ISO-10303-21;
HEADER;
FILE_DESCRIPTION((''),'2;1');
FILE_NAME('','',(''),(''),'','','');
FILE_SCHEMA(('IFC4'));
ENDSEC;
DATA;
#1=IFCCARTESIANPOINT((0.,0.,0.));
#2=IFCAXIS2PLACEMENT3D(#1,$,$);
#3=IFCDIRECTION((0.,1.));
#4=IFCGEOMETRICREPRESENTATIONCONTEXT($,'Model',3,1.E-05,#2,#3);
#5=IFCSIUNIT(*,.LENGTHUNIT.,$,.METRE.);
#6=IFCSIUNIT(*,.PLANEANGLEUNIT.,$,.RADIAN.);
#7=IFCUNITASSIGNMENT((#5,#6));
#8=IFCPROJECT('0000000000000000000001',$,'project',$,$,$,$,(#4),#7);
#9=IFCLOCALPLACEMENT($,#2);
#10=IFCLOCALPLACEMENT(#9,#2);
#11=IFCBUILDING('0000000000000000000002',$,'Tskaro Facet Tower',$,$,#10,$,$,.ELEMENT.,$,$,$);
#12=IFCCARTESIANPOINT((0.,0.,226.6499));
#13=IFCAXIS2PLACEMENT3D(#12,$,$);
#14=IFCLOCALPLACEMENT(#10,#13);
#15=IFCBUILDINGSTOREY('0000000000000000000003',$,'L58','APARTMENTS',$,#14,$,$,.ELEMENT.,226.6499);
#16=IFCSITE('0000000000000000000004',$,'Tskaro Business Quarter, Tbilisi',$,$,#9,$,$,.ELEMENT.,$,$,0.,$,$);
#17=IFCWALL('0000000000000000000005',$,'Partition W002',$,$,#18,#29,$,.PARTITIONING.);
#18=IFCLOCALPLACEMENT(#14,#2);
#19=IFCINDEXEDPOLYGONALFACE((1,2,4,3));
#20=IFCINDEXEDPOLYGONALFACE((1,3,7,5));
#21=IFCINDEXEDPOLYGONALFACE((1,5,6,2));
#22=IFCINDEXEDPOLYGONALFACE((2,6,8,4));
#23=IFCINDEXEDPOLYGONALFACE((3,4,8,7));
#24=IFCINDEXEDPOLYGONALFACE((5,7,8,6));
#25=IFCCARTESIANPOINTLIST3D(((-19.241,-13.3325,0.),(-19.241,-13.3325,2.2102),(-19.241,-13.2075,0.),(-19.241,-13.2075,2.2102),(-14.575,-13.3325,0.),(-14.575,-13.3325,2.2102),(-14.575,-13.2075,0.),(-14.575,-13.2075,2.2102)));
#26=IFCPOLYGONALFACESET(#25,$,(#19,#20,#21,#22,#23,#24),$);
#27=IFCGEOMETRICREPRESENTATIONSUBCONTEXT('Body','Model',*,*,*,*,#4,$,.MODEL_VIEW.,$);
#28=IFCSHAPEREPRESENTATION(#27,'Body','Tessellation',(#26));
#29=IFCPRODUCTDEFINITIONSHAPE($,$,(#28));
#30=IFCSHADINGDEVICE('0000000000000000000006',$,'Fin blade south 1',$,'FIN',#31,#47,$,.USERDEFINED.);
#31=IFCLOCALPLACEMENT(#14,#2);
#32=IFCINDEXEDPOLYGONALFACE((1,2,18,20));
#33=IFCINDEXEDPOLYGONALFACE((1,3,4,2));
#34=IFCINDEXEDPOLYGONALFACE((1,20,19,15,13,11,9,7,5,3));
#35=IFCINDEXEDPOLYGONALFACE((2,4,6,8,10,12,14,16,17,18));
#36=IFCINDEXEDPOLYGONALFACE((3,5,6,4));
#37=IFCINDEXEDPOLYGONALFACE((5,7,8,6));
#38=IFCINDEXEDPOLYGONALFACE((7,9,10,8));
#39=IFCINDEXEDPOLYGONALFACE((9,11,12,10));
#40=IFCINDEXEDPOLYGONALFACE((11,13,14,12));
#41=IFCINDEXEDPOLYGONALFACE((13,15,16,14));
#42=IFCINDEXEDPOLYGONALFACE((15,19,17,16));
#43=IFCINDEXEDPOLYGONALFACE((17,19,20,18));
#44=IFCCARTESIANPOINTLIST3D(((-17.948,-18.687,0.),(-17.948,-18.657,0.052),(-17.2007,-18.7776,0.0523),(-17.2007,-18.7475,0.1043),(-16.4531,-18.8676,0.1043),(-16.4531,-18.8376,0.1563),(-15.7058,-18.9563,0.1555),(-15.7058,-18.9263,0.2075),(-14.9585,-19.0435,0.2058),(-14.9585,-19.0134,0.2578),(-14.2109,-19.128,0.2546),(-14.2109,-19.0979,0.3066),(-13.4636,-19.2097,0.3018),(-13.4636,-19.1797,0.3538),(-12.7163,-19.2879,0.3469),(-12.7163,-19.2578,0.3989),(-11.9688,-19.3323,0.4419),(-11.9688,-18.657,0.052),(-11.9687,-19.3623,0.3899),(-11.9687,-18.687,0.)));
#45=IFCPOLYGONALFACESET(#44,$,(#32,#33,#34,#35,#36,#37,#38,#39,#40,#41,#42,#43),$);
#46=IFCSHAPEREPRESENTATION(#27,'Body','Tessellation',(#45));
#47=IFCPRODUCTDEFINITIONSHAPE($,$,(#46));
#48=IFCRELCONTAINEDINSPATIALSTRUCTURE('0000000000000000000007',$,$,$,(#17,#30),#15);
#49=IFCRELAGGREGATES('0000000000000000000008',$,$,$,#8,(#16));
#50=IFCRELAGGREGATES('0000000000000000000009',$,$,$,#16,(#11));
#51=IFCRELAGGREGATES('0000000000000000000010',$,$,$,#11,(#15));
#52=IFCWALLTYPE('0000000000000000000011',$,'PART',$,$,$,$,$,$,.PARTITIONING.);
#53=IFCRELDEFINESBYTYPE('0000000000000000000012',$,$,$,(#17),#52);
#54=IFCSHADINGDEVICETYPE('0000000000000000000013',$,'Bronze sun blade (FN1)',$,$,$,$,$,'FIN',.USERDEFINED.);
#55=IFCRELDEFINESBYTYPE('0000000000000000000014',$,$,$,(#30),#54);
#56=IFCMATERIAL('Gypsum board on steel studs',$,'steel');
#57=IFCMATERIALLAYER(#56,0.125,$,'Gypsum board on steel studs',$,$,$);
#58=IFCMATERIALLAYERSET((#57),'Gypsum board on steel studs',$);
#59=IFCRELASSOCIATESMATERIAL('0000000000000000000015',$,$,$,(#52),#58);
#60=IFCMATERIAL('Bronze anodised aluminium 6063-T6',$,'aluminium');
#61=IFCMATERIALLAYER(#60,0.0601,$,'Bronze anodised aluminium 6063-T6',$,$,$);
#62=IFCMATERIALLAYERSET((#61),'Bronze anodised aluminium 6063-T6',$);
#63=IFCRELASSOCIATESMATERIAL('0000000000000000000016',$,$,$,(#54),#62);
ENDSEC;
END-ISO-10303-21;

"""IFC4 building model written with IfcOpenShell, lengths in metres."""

from ifc_helpers import new_model, si_unit, direction, frame, frame_2d, origin, place, context, subcontext, project, spatial, polyline, rectangle, outline, extrude, material, layer, layer_set, type_object, element, save


model = new_model("IFC4")

# Units and contexts
model_context = context("Model", 3, precision=1e-05, world=origin(), true_north=direction((0.0, 1.0)))
body_context = subcontext(model_context, "Body", "Model", "MODEL_VIEW")
ifc_project = project(units=[si_unit("LENGTHUNIT", "METRE"), si_unit("PLANEANGLEUNIT", "RADIAN")], contexts=[model_context])

# Site, building, storey
site_placement = place(None, origin())
site = spatial("IfcSite", under=ifc_project, at=site_placement, Name="Tskaro Business Quarter, Tbilisi", CompositionType="ELEMENT", RefElevation=0.0)
building_placement = place(site_placement, origin())
building = spatial("IfcBuilding", under=site, at=building_placement, Name="Tskaro Facet Tower", CompositionType="ELEMENT")
storey_placement = place(building_placement, frame((0.0, 0.0, 226.6499)))
storey = spatial("IfcBuildingStorey", under=building, at=storey_placement, Name="L58", Description="APARTMENTS", CompositionType="ELEMENT", Elevation=226.6499)

# Shared definitions
ifc_material_1 = material(Name="Bronze anodised aluminium 6063-T6", Category="aluminium")

# Shared definitions
ifc_material_2 = material(Name="Gypsum board on steel studs", Category="steel")
ifc_layer_1 = layer(ifc_material_2, 0.125, Name="Gypsum board on steel studs")
ifc_layer_set_1 = layer_set([ifc_layer_1], Name="Gypsum board on steel studs")
wall_type = type_object("IfcWallType", Name="PART", PredefinedType="PARTITIONING", material=ifc_layer_set_1)

# Wall
wall_1_placement = place(storey_placement, frame((-19.241, -13.27, 0.0), z_axis=(0.0, 0.0, 1.0), x_axis=(1.0, 0.0, 0.0)))
element("IfcWall", 1, at=wall_1_placement, inside=storey, type_object=wall_type, Name="Partition W002", PredefinedType="PARTITIONING", context=body_context, shape_type="SweptSolid", body=[
    extrude(rectangle(XDim=4.666, YDim=0.125, at=frame_2d((2.333, 0.0))), origin(), (0.0, 0.0, 1.0), 2.2102),
])

# Shading device
ifc_layer_2 = layer(ifc_material_1, 0.0601, Name="Bronze anodised aluminium 6063-T6")
ifc_layer_set_2 = layer_set([ifc_layer_2], Name="Bronze anodised aluminium 6063-T6")
shading_device_type = type_object("IfcShadingDeviceType", Name="Bronze sun blade (FN1)", ElementType="FIN", PredefinedType="USERDEFINED", material=ifc_layer_set_2)
shading_device_placement = place(storey_placement, frame((-17.948, -18.657, 0.052), z_axis=(0.0, 0.50001, 0.86602), x_axis=(1.0, 0.0, 0.0)))
element("IfcShadingDevice", 2, at=shading_device_placement, inside=storey, type_object=shading_device_type, Name="Fin blade south 1", ObjectType="FIN", PredefinedType="USERDEFINED", context=body_context, shape_type="SweptSolid", body=[
    extrude(outline(polyline([(0.0, 0.0), (5.9792, 0.0), (5.9792, -0.7798), (5.2317, -0.6938), (4.4844, -0.6036), (3.7371, -0.5092), (2.9895, -0.4116), (2.2422, -0.311), (1.4949, -0.2086), (0.7473, -0.1046), (0.0, 0.0)])), origin(), (0.0, 0.0, -1.0), 0.0601),
])

save(model, "model.ifc")
